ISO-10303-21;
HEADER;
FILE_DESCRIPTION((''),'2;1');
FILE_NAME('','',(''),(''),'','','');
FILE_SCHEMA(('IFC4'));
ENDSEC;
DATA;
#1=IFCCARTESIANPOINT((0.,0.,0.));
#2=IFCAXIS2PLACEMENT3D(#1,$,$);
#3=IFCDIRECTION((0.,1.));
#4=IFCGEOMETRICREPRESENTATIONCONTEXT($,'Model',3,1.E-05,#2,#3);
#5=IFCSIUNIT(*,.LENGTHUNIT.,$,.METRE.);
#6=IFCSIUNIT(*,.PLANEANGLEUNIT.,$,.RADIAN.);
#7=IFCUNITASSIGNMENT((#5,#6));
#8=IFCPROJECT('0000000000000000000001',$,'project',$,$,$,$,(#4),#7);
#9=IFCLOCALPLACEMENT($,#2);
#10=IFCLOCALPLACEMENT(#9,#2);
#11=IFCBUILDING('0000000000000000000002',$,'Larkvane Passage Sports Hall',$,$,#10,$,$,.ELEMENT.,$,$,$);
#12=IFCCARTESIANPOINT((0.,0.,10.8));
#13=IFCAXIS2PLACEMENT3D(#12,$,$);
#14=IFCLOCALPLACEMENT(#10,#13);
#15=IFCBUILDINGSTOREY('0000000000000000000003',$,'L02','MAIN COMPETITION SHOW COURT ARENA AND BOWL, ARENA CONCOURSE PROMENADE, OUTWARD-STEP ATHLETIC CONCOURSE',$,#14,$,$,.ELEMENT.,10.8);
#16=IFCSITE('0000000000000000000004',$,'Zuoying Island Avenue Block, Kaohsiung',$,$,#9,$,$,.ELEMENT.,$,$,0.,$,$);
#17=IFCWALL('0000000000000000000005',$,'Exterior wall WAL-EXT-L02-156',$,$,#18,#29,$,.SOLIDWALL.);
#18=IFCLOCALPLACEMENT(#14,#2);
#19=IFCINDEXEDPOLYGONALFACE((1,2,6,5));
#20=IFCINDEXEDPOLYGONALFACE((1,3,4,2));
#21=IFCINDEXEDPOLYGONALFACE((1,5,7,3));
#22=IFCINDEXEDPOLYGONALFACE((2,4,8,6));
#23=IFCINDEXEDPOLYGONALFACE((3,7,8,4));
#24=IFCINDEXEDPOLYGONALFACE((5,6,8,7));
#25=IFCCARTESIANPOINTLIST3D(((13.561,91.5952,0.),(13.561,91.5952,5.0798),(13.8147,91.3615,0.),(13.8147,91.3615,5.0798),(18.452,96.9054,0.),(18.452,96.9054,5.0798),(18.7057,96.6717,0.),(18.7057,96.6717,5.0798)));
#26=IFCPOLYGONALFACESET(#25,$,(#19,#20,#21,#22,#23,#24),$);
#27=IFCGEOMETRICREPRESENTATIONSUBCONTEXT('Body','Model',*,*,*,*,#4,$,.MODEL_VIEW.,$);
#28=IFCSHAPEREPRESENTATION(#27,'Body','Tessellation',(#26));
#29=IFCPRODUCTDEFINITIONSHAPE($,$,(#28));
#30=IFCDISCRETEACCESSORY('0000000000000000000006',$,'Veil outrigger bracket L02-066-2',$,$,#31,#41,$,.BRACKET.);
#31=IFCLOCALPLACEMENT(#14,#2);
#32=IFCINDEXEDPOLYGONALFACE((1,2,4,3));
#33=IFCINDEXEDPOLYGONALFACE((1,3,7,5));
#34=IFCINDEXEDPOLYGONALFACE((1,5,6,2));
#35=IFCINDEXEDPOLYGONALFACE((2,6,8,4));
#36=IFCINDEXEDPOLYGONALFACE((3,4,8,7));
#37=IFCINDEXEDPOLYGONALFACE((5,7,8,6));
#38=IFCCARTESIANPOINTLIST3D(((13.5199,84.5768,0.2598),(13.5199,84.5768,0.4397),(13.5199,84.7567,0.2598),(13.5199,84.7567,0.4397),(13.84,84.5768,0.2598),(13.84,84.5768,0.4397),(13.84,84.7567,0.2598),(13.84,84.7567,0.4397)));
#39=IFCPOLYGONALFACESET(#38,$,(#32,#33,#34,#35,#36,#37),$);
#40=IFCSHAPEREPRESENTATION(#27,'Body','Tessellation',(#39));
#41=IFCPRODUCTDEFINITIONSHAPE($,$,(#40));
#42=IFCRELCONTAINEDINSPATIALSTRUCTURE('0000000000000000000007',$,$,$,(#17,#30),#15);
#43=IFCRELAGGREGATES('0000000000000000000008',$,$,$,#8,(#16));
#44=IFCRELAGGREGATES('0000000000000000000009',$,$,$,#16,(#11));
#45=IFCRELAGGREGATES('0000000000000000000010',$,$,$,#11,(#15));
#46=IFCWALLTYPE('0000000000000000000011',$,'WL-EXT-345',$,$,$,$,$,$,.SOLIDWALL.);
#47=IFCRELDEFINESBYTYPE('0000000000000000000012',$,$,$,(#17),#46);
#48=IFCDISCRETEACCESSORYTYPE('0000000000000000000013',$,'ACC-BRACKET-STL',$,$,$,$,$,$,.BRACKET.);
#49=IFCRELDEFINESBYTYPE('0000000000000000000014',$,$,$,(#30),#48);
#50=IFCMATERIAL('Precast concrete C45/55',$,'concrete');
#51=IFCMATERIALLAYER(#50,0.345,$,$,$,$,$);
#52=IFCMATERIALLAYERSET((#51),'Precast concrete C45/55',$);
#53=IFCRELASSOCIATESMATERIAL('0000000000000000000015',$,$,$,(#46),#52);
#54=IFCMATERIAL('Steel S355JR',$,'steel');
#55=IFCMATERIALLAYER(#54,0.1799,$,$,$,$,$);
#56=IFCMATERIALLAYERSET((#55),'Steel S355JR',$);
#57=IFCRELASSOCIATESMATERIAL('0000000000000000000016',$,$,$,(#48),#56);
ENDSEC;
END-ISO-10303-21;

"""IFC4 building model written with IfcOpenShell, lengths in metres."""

from ifc_helpers import new_model, si_unit, direction, frame, frame_2d, origin, origin_2d, place, context, subcontext, project, spatial, rectangle, extrude, material, layer, layer_set, type_object, element, save


model = new_model("IFC4")

# Units and contexts
model_context = context("Model", 3, precision=1e-05, world=origin(), true_north=direction((0.0, 1.0)))
body_context = subcontext(model_context, "Body", "Model", "MODEL_VIEW")
ifc_project = project(units=[si_unit("LENGTHUNIT", "METRE"), si_unit("PLANEANGLEUNIT", "RADIAN")], contexts=[model_context])

# Site, building, storey
site_placement = place(None, origin())
site = spatial("IfcSite", under=ifc_project, at=site_placement, Name="Zuoying Island Avenue Block, Kaohsiung", CompositionType="ELEMENT", RefElevation=0.0)
building_placement = place(site_placement, origin())
building = spatial("IfcBuilding", under=site, at=building_placement, Name="Larkvane Passage Sports Hall", CompositionType="ELEMENT")
storey_placement = place(building_placement, frame((0.0, 0.0, 10.8)))
storey = spatial("IfcBuildingStorey", under=building, at=storey_placement, Name="L02", Description="MAIN COMPETITION SHOW COURT ARENA AND BOWL, ARENA CONCOURSE PROMENADE, OUTWARD-STEP ATHLETIC CONCOURSE", CompositionType="ELEMENT", Elevation=10.8)

# Wall
ifc_material_1 = material(Name="Precast concrete C45/55", Category="concrete")
ifc_layer_1 = layer(ifc_material_1, 0.345)
ifc_layer_set_1 = layer_set([ifc_layer_1], Name="Precast concrete C45/55")
wall_type = type_object("IfcWallType", Name="WL-EXT-345", PredefinedType="SOLIDWALL", material=ifc_layer_set_1)
wall_1_placement = place(storey_placement, frame((13.6877, 91.4783, 0.0), z_axis=(0.0, 0.0, 1.0), x_axis=(0.677479, 0.735542, 0.0)))
element("IfcWall", 1, at=wall_1_placement, inside=storey, type_object=wall_type, Name="Exterior wall WAL-EXT-L02-156", PredefinedType="SOLIDWALL", context=body_context, shape_type="SweptSolid", body=[
    extrude(rectangle(XDim=7.2195, YDim=0.345, at=frame_2d((3.6099, 0.0))), origin(), (0.0, 0.0, 1.0), 5.0798),
])

# Discrete accessory
ifc_material_2 = material(Name="Steel S355JR", Category="steel")
ifc_layer_2 = layer(ifc_material_2, 0.1799)
ifc_layer_set_2 = layer_set([ifc_layer_2], Name="Steel S355JR")
discrete_accessory_type = type_object("IfcDiscreteAccessoryType", Name="ACC-BRACKET-STL", PredefinedType="BRACKET", material=ifc_layer_set_2)
discrete_accessory_placement = place(storey_placement, frame((13.6799, 84.6667, 0.2598), z_axis=(0.0, 0.0, 1.0), x_axis=(0.0, 1.0, 0.0)))
element("IfcDiscreteAccessory", 2, at=discrete_accessory_placement, inside=storey, type_object=discrete_accessory_type, Name="Veil outrigger bracket L02-066-2", PredefinedType="BRACKET", context=body_context, shape_type="SweptSolid", body=[
    extrude(rectangle(XDim=0.1799, YDim=0.3201, at=origin_2d()), origin(), (0.0, 0.0, 1.0), 0.1799),
])

save(model, "model.ifc")
